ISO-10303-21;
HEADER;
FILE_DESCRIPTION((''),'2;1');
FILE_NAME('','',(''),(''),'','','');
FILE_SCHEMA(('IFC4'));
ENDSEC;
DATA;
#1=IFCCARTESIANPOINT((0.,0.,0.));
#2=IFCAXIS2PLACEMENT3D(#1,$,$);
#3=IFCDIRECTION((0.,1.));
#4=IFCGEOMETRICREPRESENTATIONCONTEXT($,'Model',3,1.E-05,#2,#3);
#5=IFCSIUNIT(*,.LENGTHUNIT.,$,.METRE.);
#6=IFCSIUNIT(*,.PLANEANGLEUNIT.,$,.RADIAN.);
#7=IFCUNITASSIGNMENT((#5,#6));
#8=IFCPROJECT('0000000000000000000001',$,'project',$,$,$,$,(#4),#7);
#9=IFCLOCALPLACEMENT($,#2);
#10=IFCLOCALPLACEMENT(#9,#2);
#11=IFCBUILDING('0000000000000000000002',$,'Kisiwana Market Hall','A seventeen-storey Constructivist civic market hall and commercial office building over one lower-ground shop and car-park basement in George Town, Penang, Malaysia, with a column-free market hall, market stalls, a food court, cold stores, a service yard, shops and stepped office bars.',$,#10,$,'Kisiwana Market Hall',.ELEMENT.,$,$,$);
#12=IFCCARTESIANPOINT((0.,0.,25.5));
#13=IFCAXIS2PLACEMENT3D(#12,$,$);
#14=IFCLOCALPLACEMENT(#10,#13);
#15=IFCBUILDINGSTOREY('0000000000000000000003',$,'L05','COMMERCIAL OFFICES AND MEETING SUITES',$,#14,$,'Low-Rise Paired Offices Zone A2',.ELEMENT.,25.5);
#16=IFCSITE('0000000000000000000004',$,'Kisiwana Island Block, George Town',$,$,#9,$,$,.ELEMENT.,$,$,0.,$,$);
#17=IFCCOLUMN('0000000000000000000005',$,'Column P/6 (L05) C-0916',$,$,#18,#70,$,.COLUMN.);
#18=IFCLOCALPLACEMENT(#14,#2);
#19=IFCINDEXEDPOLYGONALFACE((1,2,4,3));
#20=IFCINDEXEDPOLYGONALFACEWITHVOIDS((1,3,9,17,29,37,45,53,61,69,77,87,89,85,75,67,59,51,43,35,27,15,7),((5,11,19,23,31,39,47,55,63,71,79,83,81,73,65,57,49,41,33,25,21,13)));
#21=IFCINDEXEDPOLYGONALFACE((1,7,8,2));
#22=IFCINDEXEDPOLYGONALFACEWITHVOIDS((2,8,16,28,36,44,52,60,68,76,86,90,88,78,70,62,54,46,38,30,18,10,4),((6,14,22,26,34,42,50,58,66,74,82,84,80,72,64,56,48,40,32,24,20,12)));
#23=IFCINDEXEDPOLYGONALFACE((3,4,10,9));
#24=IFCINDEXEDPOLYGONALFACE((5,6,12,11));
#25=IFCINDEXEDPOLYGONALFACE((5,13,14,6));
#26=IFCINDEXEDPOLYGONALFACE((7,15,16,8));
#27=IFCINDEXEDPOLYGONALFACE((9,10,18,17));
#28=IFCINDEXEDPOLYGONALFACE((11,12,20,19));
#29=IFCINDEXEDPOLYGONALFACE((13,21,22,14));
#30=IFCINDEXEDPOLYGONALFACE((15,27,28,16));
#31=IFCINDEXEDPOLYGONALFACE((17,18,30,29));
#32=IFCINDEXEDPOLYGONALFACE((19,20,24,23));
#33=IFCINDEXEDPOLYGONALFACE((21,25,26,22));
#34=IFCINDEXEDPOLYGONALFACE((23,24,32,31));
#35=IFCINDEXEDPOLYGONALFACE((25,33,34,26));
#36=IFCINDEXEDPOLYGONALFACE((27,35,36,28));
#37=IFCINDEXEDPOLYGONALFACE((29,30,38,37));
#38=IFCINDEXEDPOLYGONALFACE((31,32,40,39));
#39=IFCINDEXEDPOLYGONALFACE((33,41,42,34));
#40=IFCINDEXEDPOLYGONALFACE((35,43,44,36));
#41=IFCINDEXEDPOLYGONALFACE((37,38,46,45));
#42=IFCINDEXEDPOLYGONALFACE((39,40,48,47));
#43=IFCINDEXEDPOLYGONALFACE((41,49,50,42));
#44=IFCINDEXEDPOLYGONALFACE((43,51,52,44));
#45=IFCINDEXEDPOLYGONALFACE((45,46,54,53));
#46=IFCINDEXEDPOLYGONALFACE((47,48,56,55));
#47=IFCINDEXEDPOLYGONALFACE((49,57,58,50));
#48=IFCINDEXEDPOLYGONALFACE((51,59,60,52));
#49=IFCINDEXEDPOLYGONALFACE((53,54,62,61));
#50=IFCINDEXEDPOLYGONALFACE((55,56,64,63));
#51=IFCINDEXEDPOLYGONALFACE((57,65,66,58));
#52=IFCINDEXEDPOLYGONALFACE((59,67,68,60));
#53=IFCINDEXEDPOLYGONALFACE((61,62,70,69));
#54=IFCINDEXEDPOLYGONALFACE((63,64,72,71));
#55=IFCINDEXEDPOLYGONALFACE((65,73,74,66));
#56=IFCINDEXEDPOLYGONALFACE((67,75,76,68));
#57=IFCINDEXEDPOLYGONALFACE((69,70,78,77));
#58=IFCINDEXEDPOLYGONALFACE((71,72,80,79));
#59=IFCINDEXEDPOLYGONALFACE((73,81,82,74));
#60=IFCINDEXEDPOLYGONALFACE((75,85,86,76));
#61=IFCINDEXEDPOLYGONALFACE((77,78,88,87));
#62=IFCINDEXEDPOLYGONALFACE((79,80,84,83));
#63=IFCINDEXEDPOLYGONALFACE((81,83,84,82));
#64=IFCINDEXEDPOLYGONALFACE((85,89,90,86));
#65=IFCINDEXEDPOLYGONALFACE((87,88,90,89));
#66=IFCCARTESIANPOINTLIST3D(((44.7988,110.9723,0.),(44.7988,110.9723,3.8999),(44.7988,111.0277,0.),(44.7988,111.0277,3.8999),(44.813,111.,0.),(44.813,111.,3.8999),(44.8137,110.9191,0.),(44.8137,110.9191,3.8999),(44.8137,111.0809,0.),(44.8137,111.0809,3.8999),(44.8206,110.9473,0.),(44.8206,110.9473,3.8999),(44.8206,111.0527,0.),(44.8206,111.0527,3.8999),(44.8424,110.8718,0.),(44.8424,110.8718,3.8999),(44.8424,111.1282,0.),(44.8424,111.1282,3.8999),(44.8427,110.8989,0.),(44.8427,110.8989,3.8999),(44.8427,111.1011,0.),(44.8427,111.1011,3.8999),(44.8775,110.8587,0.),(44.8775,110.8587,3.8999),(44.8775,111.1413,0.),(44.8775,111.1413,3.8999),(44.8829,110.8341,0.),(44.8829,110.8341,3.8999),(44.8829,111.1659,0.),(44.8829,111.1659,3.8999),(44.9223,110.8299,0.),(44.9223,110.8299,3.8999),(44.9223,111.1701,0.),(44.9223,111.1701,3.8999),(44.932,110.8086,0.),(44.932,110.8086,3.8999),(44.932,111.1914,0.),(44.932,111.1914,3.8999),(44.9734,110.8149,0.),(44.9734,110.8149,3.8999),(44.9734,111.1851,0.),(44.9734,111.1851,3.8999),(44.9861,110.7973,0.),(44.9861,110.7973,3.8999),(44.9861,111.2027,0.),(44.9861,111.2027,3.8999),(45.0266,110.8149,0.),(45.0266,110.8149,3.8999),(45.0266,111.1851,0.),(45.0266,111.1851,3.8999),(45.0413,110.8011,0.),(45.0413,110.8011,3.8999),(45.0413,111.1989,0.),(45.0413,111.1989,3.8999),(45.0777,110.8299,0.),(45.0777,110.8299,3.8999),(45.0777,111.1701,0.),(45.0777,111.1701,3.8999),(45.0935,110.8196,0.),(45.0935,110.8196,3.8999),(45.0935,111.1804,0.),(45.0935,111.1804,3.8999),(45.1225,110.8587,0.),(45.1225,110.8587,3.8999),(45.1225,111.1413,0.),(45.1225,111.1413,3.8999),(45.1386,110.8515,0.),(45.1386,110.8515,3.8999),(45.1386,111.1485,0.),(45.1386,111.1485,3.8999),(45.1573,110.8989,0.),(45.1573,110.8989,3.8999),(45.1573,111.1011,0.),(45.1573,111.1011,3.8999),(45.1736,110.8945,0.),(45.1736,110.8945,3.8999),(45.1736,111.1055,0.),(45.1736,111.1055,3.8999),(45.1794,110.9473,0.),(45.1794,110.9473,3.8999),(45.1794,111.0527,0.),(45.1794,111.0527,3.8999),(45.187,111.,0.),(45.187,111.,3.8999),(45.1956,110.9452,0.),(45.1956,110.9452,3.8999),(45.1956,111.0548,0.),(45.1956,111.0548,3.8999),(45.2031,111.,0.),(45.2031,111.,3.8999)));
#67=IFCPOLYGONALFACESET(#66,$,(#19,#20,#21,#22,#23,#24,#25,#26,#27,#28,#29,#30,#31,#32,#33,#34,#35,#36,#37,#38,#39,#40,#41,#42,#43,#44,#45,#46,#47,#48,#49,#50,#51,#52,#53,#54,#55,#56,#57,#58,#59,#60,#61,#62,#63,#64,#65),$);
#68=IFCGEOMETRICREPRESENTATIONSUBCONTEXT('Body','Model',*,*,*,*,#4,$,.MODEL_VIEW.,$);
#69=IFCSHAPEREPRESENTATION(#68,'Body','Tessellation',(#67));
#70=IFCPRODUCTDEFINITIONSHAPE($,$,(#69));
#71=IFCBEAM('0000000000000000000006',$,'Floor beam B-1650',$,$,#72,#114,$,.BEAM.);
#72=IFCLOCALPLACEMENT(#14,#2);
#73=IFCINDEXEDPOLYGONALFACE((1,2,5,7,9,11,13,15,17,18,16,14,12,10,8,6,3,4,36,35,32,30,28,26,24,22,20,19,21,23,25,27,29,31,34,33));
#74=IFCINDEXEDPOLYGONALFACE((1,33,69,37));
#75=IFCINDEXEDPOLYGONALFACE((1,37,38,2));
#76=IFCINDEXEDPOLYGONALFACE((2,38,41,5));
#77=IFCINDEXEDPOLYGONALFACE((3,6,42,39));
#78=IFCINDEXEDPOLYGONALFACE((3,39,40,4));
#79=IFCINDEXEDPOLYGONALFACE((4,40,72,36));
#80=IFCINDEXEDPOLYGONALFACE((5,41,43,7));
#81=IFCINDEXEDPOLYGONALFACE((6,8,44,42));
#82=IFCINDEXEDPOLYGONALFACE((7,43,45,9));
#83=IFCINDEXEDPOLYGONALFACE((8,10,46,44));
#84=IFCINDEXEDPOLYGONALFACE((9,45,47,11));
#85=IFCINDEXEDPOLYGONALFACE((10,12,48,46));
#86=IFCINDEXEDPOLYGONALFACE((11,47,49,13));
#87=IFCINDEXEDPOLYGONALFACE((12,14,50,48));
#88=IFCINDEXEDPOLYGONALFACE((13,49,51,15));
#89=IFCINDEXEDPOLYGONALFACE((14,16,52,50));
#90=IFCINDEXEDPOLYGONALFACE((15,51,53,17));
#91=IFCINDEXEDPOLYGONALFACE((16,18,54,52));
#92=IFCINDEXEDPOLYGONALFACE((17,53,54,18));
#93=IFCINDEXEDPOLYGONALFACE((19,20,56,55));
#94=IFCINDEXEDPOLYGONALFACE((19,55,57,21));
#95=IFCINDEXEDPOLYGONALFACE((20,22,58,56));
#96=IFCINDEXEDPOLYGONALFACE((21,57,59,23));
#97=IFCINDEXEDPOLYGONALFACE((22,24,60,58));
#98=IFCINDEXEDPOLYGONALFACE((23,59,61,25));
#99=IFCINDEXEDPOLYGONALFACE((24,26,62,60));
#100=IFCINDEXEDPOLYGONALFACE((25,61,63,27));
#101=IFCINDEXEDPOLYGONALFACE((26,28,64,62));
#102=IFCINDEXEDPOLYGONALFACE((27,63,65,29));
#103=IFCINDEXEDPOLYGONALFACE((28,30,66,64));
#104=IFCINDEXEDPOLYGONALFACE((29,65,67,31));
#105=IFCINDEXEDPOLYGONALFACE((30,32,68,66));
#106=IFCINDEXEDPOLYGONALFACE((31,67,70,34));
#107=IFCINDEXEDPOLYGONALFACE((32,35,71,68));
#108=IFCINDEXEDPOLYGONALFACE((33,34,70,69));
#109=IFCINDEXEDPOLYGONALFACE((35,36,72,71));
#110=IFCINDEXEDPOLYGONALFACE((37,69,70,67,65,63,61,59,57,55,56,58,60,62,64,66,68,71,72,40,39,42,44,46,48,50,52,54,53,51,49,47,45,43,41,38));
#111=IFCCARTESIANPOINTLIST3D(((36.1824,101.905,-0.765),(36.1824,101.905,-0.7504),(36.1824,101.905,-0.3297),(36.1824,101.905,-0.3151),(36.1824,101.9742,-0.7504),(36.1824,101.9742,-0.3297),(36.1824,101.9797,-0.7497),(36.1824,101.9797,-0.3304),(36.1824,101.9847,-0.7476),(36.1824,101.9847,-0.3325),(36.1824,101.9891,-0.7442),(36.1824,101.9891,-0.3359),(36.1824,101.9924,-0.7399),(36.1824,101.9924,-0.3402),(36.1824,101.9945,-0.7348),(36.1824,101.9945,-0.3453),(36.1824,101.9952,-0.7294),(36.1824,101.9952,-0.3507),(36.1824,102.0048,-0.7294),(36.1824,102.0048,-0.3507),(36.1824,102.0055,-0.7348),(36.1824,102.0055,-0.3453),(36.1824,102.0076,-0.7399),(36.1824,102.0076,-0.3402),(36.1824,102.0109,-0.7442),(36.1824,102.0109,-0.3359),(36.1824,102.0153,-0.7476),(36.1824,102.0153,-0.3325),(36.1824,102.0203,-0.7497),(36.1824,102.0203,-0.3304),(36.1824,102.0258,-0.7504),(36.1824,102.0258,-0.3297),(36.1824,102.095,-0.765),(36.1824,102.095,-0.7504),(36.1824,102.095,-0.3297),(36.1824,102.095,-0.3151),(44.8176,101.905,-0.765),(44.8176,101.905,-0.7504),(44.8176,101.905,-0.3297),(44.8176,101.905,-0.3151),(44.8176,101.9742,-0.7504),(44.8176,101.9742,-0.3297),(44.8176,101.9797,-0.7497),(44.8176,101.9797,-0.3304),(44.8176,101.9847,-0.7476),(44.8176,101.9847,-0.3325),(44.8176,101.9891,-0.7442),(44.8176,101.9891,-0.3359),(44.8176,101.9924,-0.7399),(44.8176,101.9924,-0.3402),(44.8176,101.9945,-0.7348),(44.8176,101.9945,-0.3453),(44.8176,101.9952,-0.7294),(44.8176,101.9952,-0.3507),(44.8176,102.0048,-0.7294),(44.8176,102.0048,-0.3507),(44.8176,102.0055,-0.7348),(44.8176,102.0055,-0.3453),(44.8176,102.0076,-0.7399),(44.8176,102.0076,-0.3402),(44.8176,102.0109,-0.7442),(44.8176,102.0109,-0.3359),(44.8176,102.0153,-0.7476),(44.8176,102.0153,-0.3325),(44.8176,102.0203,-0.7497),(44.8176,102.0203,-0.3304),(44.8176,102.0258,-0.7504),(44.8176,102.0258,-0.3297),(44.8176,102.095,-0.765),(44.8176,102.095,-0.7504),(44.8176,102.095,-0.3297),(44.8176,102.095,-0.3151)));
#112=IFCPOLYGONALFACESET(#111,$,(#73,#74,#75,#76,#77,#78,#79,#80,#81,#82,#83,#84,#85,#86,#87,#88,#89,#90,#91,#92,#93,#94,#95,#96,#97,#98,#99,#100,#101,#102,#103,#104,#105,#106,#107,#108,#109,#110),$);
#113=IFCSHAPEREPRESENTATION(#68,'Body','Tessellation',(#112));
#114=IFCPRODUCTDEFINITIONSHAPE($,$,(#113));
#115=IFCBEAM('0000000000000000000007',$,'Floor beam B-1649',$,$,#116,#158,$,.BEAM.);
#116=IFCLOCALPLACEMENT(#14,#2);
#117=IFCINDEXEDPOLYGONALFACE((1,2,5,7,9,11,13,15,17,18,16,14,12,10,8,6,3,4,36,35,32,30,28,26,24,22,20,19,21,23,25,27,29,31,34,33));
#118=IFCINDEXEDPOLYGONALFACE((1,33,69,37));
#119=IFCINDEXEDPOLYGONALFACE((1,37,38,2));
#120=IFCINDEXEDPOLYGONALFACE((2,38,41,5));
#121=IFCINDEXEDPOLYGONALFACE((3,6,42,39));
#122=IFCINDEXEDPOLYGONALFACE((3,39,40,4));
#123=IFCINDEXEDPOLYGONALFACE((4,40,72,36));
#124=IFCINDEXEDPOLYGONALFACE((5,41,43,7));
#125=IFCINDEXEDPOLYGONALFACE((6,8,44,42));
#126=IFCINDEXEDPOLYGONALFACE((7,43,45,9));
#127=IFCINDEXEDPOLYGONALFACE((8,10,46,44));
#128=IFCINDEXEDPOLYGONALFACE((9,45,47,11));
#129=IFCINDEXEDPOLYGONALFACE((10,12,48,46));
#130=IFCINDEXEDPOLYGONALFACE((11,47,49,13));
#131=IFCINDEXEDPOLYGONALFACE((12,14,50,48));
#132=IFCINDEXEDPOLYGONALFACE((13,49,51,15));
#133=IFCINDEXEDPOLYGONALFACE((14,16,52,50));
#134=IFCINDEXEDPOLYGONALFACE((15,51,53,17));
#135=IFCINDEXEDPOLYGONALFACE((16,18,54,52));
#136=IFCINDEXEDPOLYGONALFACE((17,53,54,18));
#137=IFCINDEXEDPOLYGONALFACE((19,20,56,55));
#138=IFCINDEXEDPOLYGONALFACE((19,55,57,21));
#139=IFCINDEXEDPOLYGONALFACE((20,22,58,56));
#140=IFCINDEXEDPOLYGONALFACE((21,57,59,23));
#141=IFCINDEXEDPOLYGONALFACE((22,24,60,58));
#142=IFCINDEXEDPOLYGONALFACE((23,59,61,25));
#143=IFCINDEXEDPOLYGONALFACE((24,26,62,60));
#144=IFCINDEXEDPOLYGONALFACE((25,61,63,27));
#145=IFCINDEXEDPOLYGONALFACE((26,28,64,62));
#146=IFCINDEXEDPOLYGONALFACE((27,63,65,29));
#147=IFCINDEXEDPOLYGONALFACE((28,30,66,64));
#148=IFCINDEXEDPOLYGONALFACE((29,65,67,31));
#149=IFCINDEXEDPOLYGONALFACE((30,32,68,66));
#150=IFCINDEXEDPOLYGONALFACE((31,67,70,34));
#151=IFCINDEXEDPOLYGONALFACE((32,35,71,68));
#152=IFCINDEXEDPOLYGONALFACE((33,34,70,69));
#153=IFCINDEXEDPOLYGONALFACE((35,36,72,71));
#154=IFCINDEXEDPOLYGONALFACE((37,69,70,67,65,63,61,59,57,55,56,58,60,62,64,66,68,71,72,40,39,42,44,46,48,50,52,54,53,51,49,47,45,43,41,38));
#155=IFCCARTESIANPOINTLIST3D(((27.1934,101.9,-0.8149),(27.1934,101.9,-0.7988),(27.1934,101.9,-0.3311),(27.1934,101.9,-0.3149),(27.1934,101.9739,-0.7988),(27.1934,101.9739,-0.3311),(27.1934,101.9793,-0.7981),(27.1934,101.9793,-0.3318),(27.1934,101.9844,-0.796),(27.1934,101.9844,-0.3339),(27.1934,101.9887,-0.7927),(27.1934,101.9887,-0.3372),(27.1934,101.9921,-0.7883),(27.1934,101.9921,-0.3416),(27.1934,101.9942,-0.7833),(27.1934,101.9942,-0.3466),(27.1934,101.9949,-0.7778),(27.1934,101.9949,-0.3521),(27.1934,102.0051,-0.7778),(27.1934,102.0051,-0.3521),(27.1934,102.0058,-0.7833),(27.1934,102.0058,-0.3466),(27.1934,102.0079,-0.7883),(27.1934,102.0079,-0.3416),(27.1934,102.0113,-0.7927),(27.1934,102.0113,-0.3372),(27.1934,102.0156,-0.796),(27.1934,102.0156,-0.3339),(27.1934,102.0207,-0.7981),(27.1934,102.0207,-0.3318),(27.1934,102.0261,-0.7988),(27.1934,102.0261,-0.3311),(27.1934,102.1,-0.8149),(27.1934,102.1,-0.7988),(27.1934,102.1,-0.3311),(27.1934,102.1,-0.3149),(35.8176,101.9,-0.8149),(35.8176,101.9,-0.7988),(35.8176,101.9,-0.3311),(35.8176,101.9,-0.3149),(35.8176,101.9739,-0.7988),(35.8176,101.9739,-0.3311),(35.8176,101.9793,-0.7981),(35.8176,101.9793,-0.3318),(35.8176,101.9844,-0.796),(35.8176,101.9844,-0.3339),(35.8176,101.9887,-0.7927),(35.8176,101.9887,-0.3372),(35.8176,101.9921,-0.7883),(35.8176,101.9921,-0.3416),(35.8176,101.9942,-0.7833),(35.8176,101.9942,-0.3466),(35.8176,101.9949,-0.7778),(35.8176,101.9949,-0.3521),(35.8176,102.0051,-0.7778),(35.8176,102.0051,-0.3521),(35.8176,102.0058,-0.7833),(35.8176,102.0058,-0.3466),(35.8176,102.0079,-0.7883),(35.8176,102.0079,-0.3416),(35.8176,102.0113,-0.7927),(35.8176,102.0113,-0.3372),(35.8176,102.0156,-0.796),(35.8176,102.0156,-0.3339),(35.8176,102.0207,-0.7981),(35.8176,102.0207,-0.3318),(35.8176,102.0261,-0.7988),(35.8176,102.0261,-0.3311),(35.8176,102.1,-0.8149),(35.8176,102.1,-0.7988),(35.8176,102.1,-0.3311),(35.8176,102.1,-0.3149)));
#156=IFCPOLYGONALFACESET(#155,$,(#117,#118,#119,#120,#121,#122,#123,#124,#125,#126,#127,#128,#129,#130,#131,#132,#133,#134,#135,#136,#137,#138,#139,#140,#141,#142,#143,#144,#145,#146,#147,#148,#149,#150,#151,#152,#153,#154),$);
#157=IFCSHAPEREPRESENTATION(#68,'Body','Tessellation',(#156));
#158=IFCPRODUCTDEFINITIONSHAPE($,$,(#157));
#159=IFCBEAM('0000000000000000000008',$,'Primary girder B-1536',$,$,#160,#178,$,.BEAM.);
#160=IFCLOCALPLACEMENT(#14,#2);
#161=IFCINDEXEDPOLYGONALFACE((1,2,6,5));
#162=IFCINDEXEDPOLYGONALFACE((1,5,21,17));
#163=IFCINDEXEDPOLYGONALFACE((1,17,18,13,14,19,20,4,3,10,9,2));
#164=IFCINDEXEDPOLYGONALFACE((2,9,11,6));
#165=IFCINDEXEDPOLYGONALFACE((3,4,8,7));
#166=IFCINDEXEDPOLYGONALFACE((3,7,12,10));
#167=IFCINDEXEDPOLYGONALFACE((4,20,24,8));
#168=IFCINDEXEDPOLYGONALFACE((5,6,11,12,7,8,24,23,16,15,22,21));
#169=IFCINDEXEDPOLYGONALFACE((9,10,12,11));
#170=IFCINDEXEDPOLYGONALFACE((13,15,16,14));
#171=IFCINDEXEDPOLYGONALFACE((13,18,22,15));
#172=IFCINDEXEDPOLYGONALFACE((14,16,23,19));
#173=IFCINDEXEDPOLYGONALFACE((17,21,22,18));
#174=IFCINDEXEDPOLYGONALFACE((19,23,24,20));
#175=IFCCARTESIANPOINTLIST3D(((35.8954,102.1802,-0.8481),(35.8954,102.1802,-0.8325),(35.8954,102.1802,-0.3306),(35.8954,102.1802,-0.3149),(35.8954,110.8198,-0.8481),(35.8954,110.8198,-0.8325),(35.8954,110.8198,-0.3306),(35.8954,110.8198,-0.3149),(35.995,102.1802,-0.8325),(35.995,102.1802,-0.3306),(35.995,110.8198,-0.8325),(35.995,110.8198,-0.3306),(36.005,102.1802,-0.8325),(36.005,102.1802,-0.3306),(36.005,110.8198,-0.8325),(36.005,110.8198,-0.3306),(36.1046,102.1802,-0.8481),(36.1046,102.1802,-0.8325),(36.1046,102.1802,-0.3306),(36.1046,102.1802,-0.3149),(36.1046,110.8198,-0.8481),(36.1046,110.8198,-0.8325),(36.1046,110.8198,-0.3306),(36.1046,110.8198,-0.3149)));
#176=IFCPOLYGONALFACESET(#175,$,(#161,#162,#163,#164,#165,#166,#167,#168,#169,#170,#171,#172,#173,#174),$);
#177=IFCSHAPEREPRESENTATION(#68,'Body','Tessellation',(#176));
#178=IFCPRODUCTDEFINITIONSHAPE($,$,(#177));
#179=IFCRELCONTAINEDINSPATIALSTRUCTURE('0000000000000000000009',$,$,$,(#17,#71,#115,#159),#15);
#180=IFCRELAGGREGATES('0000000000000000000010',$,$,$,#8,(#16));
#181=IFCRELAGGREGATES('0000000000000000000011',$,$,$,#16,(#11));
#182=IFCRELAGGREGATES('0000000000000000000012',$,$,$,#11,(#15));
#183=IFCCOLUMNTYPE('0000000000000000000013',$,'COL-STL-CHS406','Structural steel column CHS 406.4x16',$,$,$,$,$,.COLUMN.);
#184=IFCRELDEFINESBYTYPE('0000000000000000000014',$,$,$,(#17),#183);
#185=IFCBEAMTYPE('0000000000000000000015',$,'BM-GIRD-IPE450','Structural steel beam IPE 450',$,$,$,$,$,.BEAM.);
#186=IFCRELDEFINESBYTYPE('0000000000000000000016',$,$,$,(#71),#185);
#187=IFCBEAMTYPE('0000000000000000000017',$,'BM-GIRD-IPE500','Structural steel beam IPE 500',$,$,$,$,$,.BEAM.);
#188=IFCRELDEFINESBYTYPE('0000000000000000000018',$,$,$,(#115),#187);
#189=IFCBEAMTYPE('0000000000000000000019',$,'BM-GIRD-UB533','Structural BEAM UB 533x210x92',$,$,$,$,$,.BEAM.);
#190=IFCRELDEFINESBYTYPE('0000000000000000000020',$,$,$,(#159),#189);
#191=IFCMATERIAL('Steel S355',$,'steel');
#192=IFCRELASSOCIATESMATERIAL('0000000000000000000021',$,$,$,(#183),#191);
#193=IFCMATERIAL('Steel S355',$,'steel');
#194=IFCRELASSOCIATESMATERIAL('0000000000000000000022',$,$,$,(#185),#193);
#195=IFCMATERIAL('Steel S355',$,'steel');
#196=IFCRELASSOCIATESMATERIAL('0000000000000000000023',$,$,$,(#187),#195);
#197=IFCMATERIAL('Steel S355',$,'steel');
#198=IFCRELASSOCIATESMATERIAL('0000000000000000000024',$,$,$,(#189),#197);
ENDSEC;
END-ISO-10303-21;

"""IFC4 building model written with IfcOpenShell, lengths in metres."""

from ifc_helpers import new_model, si_unit, direction, frame, origin, origin_2d, place, context, subcontext, project, spatial, hollow_circle, i_section, extrude, material, material_profile, profile_set, type_object, element, save


model = new_model("IFC4")

# Units and contexts
model_context = context("Model", 3, precision=1e-05, world=origin(), true_north=direction((0.0, 1.0)))
body_context = subcontext(model_context, "Body", "Model", "MODEL_VIEW")
ifc_project = project(units=[si_unit("LENGTHUNIT", "METRE"), si_unit("PLANEANGLEUNIT", "RADIAN")], contexts=[model_context])

# Site, building, storey
site_placement = place(None, origin())
site = spatial("IfcSite", under=ifc_project, at=site_placement, Name="Kisiwana Island Block, George Town", CompositionType="ELEMENT", RefElevation=0.0)
building_placement = place(site_placement, origin())
building = spatial("IfcBuilding", under=site, at=building_placement, Name="Kisiwana Market Hall", Description="A seventeen-storey Constructivist civic market hall and commercial office building over one lower-ground shop and car-park basement in George Town, Penang, Malaysia, with a column-free market hall, market stalls, a food court, cold stores, a service yard, shops and stepped office bars.", LongName="Kisiwana Market Hall", CompositionType="ELEMENT")
storey_placement = place(building_placement, frame((0.0, 0.0, 25.5)))
storey = spatial("IfcBuildingStorey", under=building, at=storey_placement, Name="L05", Description="COMMERCIAL OFFICES AND MEETING SUITES", LongName="Low-Rise Paired Offices Zone A2", CompositionType="ELEMENT", Elevation=25.5)

# Column
ifc_material_1 = material(Name="Steel S355", Category="steel")
ifc_material_profile_1 = material_profile(ifc_material_1, hollow_circle(Radius=0.2031, WallThickness=0.0161, at=origin_2d()), Name="CHS 406.4x16")
ifc_profile_set_1 = profile_set([ifc_material_profile_1], Name="Steel S355")
column_type = type_object("IfcColumnType", Name="COL-STL-CHS406", Description="Structural steel column CHS 406.4x16", PredefinedType="COLUMN", material=ifc_profile_set_1)
for number, where, z_axis, x_axis, name in (
    (1, (45.0, 111.0, 0.0), (0.0, 0.0, 1.0), (1.0, 0.0, 0.0), "Column P/6 (L05) C-0916"),
):
    element("IfcColumn", number, at=place(storey_placement, frame(where, z_axis=z_axis, x_axis=x_axis)), inside=storey, type_object=column_type, Name=name, PredefinedType="COLUMN", context=body_context, shape_type="SweptSolid", body=[
        extrude(hollow_circle(Radius=0.2031, WallThickness=0.0161, at=origin_2d()), origin(), (0.0, 0.0, 1.0), 3.8999),
    ])

# Beams
ifc_material_2 = material(Name="Steel S355", Category="steel")
ifc_material_profile_2 = material_profile(ifc_material_2, i_section(OverallWidth=0.1899, OverallDepth=0.45, WebThickness=0.0095, FlangeThickness=0.0146, FilletRadius=0.021, at=origin_2d()), Name="IPE 450")
ifc_profile_set_2 = profile_set([ifc_material_profile_2], Name="Steel S355")
beam_type_1 = type_object("IfcBeamType", Name="BM-GIRD-IPE450", Description="Structural steel beam IPE 450", PredefinedType="BEAM", material=ifc_profile_set_2)
beam_1_placement = place(storey_placement, frame((36.1824, 102.0, -0.54), z_axis=(1.0, 0.0, 0.0), x_axis=(0.0, 1.0, 0.0)))
element("IfcBeam", 2, at=beam_1_placement, inside=storey, type_object=beam_type_1, Name="Floor beam B-1650", PredefinedType="BEAM", context=body_context, shape_type="SweptSolid", body=[
    extrude(i_section(OverallWidth=0.1899, OverallDepth=0.45, WebThickness=0.0095, FlangeThickness=0.0146, FilletRadius=0.021, at=origin_2d()), origin(), (0.0, 0.0, 1.0), 8.6353),
])
ifc_material_3 = material(Name="Steel S355", Category="steel")
ifc_material_profile_3 = material_profile(ifc_material_3, i_section(OverallWidth=0.2, OverallDepth=0.5, WebThickness=0.0103, FlangeThickness=0.0161, FilletRadius=0.021, at=origin_2d()), Name="IPE 500")
ifc_profile_set_3 = profile_set([ifc_material_profile_3], Name="Steel S355")
beam_type_2 = type_object("IfcBeamType", Name="BM-GIRD-IPE500", Description="Structural steel beam IPE 500", PredefinedType="BEAM", material=ifc_profile_set_3)
beam_2_placement = place(storey_placement, frame((27.1934, 102.0, -0.5649), z_axis=(1.0, 0.0, 0.0), x_axis=(0.0, 1.0, 0.0)))
element("IfcBeam", 3, at=beam_2_placement, inside=storey, type_object=beam_type_2, Name="Floor beam B-1649", PredefinedType="BEAM", context=body_context, shape_type="SweptSolid", body=[
    extrude(i_section(OverallWidth=0.2, OverallDepth=0.5, WebThickness=0.0103, FlangeThickness=0.0161, FilletRadius=0.021, at=origin_2d()), origin(), (0.0, 0.0, 1.0), 8.6243),
])
ifc_material_4 = material(Name="Steel S355", Category="steel")
ifc_material_profile_4 = material_profile(ifc_material_4, i_section(OverallWidth=0.2092, OverallDepth=0.5332, WebThickness=0.01, FlangeThickness=0.0156, at=origin_2d()), Name="UB 533x210x92")
ifc_profile_set_4 = profile_set([ifc_material_profile_4], Name="Steel S355")
beam_type_3 = type_object("IfcBeamType", Name="BM-GIRD-UB533", Description="Structural BEAM UB 533x210x92", PredefinedType="BEAM", material=ifc_profile_set_4)
for number, where, z_axis, x_axis, name in (
    (4, (36.0, 102.1802, -0.5815), (0.0, 1.0, 0.0), (-1.0, 0.0, 0.0), "Primary girder B-1536"),
):
    element("IfcBeam", number, at=place(storey_placement, frame(where, z_axis=z_axis, x_axis=x_axis)), inside=storey, type_object=beam_type_3, Name=name, PredefinedType="BEAM", context=body_context, shape_type="SweptSolid", body=[
        extrude(i_section(OverallWidth=0.2092, OverallDepth=0.5332, WebThickness=0.01, FlangeThickness=0.0156, at=origin_2d()), origin(), (0.0, 0.0, 1.0), 8.6396),
    ])

save(model, "model.ifc")
